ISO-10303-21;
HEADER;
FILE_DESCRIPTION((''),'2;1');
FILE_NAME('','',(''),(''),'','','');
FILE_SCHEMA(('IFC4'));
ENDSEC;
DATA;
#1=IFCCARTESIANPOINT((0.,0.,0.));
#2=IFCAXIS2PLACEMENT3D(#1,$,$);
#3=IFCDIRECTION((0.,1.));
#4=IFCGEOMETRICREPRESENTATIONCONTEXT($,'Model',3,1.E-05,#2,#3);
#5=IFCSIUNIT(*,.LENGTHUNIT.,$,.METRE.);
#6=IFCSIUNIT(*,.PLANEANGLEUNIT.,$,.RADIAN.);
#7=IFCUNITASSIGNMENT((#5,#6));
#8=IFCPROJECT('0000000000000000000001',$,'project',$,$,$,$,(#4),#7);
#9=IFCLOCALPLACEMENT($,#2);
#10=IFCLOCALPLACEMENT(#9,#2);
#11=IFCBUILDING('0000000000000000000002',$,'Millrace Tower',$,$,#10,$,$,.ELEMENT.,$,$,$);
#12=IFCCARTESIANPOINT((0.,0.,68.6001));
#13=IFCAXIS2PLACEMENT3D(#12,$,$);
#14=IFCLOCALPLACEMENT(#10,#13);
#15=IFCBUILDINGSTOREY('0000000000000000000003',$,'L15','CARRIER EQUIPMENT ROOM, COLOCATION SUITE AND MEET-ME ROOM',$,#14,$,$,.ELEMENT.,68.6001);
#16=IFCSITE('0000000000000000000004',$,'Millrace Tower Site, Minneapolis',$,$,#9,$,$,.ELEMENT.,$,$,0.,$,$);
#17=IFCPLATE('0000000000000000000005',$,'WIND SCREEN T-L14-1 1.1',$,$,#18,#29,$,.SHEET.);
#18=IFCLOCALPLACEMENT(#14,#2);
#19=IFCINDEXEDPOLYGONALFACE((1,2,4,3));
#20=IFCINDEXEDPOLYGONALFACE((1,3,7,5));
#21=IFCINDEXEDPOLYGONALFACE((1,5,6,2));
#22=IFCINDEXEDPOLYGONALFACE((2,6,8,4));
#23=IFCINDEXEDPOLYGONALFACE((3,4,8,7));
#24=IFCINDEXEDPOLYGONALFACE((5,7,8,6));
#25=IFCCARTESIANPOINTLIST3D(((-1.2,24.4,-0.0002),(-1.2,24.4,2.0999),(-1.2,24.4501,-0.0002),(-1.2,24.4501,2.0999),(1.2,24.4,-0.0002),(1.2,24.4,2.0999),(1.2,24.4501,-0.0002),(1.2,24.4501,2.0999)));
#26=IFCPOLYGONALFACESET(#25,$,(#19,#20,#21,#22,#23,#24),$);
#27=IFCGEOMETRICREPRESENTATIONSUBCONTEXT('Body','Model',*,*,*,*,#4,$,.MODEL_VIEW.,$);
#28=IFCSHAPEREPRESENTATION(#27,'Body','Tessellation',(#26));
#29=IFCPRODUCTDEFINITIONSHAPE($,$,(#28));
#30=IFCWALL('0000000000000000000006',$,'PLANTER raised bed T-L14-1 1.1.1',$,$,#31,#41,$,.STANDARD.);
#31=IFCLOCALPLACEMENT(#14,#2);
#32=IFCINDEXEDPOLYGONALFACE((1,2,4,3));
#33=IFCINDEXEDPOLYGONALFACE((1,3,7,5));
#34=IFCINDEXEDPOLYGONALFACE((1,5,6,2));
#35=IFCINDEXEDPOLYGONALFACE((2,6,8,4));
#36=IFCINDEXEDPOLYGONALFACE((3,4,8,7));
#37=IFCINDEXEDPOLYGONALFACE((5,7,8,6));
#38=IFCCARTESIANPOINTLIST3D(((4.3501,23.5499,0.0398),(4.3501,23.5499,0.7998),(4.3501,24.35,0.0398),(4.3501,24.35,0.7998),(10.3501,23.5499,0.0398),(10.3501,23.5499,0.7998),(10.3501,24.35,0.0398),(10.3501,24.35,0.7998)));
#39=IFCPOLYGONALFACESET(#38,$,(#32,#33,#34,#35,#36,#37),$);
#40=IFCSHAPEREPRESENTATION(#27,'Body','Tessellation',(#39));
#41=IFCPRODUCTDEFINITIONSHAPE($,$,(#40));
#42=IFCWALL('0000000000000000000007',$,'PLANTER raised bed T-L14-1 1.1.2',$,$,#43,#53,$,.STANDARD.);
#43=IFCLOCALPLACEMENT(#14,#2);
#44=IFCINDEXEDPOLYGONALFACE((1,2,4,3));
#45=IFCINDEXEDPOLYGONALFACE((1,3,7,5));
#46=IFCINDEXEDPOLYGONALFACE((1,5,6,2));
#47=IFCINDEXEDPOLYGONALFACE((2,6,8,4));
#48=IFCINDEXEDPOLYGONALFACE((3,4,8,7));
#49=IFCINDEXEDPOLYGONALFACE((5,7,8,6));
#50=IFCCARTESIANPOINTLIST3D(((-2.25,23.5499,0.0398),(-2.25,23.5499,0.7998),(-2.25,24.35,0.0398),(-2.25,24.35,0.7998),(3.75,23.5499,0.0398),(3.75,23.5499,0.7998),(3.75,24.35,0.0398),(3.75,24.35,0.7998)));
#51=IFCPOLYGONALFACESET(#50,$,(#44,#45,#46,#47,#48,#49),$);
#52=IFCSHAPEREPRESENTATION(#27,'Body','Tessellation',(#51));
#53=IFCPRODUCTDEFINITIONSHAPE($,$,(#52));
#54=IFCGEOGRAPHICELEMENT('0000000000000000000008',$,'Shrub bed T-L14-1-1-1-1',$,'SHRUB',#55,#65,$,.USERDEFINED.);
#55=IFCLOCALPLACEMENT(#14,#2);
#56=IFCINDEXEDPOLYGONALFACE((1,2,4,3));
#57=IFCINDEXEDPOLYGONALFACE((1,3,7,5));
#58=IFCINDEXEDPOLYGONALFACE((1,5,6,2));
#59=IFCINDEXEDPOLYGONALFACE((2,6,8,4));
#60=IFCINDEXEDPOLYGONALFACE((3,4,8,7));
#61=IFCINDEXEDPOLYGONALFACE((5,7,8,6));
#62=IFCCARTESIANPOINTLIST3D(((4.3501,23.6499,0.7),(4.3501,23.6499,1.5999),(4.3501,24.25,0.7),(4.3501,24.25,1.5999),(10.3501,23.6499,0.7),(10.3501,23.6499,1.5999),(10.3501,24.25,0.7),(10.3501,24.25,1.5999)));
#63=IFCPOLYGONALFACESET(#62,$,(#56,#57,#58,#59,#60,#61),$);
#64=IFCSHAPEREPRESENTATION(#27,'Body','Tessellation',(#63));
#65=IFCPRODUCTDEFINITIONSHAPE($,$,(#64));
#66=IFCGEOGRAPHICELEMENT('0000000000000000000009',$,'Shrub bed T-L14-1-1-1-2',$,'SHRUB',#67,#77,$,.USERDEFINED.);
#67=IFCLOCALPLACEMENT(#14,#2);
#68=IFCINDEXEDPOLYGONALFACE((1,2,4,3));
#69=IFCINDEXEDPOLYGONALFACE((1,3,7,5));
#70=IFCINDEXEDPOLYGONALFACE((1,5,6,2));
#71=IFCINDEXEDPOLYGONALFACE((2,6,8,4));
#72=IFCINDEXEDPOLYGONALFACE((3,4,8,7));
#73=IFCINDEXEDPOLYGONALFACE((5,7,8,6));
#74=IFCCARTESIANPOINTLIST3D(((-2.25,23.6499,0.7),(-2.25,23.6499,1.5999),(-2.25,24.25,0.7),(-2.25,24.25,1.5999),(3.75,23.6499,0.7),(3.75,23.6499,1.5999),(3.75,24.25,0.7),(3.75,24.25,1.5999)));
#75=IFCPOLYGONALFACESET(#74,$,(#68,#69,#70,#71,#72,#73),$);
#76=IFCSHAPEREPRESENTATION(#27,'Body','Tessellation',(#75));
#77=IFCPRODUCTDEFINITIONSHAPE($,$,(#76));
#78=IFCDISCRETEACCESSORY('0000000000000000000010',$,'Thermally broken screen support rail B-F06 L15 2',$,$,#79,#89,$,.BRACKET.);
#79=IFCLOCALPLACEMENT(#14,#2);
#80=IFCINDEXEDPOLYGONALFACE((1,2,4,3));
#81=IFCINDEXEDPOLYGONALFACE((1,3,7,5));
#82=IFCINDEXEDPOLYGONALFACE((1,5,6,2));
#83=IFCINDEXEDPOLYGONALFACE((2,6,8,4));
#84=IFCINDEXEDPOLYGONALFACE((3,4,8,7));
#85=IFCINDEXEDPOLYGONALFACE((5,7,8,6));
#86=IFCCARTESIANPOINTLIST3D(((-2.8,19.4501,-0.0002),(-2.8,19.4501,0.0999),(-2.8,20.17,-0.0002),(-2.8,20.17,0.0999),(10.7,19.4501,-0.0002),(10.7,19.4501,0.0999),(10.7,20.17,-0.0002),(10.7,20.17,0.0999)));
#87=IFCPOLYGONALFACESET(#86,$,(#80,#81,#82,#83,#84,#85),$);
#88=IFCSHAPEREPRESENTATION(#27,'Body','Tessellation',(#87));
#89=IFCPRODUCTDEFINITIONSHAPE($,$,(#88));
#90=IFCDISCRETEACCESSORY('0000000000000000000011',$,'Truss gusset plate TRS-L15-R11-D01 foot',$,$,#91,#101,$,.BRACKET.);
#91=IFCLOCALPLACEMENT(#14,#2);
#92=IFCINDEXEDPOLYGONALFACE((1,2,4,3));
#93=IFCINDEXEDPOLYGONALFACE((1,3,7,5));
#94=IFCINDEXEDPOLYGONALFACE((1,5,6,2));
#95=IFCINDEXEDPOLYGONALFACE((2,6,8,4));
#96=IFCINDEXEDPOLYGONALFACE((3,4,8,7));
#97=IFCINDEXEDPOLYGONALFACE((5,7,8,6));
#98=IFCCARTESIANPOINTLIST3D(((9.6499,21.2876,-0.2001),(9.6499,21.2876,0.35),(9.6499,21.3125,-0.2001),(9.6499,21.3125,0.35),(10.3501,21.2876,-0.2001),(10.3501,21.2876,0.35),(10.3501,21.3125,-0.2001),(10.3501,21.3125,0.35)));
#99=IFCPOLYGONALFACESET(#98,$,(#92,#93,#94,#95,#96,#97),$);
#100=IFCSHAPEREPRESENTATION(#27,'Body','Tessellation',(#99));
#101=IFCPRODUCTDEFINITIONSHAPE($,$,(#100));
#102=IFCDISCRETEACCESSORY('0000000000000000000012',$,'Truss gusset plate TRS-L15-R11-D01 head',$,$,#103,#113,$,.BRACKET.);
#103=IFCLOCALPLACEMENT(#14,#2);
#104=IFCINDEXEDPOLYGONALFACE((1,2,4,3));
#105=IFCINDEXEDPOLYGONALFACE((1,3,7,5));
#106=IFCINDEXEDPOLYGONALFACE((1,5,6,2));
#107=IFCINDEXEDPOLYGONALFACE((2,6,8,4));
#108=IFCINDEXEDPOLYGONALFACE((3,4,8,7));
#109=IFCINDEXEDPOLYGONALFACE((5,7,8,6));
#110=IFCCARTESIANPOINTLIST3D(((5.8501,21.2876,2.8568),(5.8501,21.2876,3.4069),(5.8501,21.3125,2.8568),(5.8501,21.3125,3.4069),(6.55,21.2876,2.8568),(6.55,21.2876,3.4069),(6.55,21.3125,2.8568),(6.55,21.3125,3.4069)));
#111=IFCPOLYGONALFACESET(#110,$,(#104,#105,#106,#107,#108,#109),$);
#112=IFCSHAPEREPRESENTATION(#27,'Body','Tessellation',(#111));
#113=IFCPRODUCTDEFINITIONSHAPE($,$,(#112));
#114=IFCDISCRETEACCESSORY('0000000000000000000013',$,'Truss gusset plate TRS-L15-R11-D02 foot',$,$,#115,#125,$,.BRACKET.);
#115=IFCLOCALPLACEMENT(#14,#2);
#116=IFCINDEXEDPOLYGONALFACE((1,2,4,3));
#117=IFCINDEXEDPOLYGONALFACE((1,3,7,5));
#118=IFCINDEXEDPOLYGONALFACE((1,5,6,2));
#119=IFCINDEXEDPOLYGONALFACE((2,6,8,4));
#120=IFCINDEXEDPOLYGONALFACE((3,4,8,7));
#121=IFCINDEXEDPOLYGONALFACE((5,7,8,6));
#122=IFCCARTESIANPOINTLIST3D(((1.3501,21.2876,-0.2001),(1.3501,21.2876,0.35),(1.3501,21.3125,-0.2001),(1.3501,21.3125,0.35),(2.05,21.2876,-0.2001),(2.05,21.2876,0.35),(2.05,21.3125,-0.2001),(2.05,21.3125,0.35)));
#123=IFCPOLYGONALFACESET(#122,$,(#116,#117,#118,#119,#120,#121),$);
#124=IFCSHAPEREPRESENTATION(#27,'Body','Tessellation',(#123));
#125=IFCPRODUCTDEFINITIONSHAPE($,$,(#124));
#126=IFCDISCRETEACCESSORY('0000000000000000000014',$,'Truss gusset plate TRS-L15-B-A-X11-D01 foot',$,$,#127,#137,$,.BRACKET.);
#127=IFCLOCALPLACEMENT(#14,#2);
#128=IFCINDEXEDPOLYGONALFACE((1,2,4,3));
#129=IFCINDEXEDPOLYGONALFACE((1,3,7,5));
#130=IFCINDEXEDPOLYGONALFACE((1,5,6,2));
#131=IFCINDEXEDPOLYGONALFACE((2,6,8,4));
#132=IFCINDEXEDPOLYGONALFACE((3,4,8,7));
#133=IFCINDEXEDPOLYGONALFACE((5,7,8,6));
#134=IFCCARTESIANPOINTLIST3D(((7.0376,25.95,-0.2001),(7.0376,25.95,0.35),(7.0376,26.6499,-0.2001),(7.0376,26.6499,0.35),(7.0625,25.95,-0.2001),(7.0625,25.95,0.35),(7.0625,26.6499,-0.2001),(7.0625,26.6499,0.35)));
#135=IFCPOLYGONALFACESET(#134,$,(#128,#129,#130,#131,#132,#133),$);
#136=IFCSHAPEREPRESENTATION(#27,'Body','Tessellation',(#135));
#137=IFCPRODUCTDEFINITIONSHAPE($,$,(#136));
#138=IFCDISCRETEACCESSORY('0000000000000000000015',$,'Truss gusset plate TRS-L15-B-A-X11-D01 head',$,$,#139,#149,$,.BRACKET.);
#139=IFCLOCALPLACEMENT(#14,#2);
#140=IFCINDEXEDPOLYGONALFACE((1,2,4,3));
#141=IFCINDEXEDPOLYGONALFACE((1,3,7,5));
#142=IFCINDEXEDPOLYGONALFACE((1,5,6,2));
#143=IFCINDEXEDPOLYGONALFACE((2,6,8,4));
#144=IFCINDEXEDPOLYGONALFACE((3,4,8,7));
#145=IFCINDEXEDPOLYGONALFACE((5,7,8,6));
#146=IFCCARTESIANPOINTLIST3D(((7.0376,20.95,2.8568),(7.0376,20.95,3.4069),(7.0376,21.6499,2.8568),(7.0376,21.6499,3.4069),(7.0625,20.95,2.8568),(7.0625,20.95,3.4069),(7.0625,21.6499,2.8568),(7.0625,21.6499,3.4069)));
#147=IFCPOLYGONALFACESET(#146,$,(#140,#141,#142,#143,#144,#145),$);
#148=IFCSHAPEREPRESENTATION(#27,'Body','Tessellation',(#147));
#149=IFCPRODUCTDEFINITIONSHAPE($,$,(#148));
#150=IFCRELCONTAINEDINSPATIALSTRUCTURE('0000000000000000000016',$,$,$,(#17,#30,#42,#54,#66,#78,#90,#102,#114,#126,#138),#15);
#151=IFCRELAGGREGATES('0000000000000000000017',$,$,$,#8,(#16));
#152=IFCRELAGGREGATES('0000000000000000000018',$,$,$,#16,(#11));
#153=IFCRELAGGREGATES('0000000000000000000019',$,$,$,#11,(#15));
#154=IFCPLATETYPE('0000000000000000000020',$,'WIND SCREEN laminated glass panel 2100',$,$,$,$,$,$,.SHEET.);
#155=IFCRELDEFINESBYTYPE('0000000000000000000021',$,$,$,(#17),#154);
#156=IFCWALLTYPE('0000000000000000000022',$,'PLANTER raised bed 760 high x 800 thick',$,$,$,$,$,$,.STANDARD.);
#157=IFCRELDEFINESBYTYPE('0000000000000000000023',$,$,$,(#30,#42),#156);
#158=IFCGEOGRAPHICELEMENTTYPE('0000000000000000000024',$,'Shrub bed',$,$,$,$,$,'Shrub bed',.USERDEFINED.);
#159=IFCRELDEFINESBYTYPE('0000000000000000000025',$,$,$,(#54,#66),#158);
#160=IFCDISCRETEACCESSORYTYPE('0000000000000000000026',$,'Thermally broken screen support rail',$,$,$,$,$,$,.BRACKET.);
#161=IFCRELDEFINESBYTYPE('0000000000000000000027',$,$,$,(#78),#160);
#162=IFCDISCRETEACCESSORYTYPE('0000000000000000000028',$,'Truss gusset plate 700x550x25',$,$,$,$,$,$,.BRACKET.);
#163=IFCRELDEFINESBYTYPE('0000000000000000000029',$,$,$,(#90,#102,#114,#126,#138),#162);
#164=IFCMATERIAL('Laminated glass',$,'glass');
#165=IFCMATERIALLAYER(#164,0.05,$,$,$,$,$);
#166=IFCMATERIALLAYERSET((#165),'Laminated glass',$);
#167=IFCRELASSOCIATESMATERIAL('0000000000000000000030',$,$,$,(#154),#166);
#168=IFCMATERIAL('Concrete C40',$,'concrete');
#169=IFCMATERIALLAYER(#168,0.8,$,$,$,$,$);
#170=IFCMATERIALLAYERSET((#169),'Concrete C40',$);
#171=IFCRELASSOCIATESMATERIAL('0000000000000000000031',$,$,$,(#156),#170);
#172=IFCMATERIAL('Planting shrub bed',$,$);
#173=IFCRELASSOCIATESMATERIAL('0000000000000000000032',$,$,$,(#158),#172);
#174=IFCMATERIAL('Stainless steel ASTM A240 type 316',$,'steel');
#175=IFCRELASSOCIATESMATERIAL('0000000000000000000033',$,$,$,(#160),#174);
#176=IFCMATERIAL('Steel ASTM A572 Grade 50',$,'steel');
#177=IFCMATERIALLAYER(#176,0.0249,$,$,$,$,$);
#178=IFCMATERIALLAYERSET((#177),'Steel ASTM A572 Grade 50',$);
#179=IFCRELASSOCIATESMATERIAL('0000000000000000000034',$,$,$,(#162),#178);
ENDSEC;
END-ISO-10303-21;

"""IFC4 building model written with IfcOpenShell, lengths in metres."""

from ifc_helpers import new_model, si_unit, direction, frame, frame_2d, origin, origin_2d, place, context, subcontext, project, spatial, rectangle, extrude, material, layer, layer_set, type_object, element, save


model = new_model("IFC4")

# Units and contexts
model_context = context("Model", 3, precision=1e-05, world=origin(), true_north=direction((0.0, 1.0)))
body_context = subcontext(model_context, "Body", "Model", "MODEL_VIEW")
ifc_project = project(units=[si_unit("LENGTHUNIT", "METRE"), si_unit("PLANEANGLEUNIT", "RADIAN")], contexts=[model_context])

# Site, building, storey
site_placement = place(None, origin())
site = spatial("IfcSite", under=ifc_project, at=site_placement, Name="Millrace Tower Site, Minneapolis", CompositionType="ELEMENT", RefElevation=0.0)
building_placement = place(site_placement, origin())
building = spatial("IfcBuilding", under=site, at=building_placement, Name="Millrace Tower", CompositionType="ELEMENT")
storey_placement = place(building_placement, frame((0.0, 0.0, 68.6001)))
storey = spatial("IfcBuildingStorey", under=building, at=storey_placement, Name="L15", Description="CARRIER EQUIPMENT ROOM, COLOCATION SUITE AND MEET-ME ROOM", CompositionType="ELEMENT", Elevation=68.6001)

# Plate
ifc_material_1 = material(Name="Laminated glass", Category="glass")
ifc_layer_1 = layer(ifc_material_1, 0.05)
ifc_layer_set_1 = layer_set([ifc_layer_1], Name="Laminated glass")
plate_type = type_object("IfcPlateType", Name="WIND SCREEN laminated glass panel 2100", PredefinedType="SHEET", material=ifc_layer_set_1)
plate_placement = place(storey_placement, frame((0.0, 24.425, -0.0002), z_axis=(0.0, 0.0, 1.0), x_axis=(-1.0, 0.0, 0.0)))
element("IfcPlate", 1, at=plate_placement, inside=storey, type_object=plate_type, Name="WIND SCREEN T-L14-1 1.1", PredefinedType="SHEET", context=body_context, shape_type="SweptSolid", body=[
    extrude(rectangle(XDim=2.3999, YDim=0.05, at=origin_2d()), origin(), (0.0, 0.0, 1.0), 2.1001),
])

# Walls
ifc_material_2 = material(Name="Concrete C40", Category="concrete")
ifc_layer_2 = layer(ifc_material_2, 0.8)
ifc_layer_set_2 = layer_set([ifc_layer_2], Name="Concrete C40")
wall_type = type_object("IfcWallType", Name="PLANTER raised bed 760 high x 800 thick", PredefinedType="STANDARD", material=ifc_layer_set_2)
for number, where, z_axis, x_axis, name in (
    (2, (10.3501, 23.95, 0.0398), (0.0, 0.0, 1.0), (-1.0, 0.0, 0.0), "PLANTER raised bed T-L14-1 1.1.1"),
    (3, (3.75, 23.95, 0.0398), (0.0, 0.0, 1.0), (-1.0, 0.0, 0.0), "PLANTER raised bed T-L14-1 1.1.2"),
):
    element("IfcWall", number, at=place(storey_placement, frame(where, z_axis=z_axis, x_axis=x_axis)), inside=storey, type_object=wall_type, Name=name, PredefinedType="STANDARD", context=body_context, shape_type="SweptSolid", body=[
        extrude(rectangle(XDim=6.0, YDim=0.8, at=frame_2d((3.0, 0.0))), origin(), (0.0, 0.0, 1.0), 0.76),
    ])

# Geographic elements
ifc_material_3 = material(Name="Planting shrub bed")
geographic_element_type = type_object("IfcGeographicElementType", Name="Shrub bed", ElementType="Shrub bed", PredefinedType="USERDEFINED", material=ifc_material_3)
for number, where, z_axis, x_axis, name in (
    (4, (7.3501, 23.95, 0.7), (0.0, 0.0, 1.0), (-1.0, 0.0, 0.0), "Shrub bed T-L14-1-1-1-1"),
    (5, (0.75, 23.95, 0.7), (0.0, 0.0, 1.0), (-1.0, 0.0, 0.0), "Shrub bed T-L14-1-1-1-2"),
):
    element("IfcGeographicElement", number, at=place(storey_placement, frame(where, z_axis=z_axis, x_axis=x_axis)), inside=storey, type_object=geographic_element_type, Name=name, ObjectType="SHRUB", PredefinedType="USERDEFINED", context=body_context, shape_type="SweptSolid", body=[
        extrude(rectangle(XDim=6.0, YDim=0.6001, at=origin_2d()), origin(), (0.0, 0.0, 1.0), 0.8999),
    ])

# Discrete accessories
ifc_material_4 = material(Name="Stainless steel ASTM A240 type 316", Category="steel")
discrete_accessory_type_1 = type_object("IfcDiscreteAccessoryType", Name="Thermally broken screen support rail", PredefinedType="BRACKET", material=ifc_material_4)
discrete_accessory_1_placement = place(storey_placement, frame((3.95, 19.8101, -0.0002), z_axis=(0.0, 0.0, 1.0), x_axis=(-1.0, 0.0, 0.0)))
element("IfcDiscreteAccessory", 6, at=discrete_accessory_1_placement, inside=storey, type_object=discrete_accessory_type_1, Name="Thermally broken screen support rail B-F06 L15 2", PredefinedType="BRACKET", context=body_context, shape_type="SweptSolid", body=[
    extrude(rectangle(XDim=13.5, YDim=0.72, at=origin_2d()), origin(), (0.0, 0.0, 1.0), 0.1001),
])
ifc_material_5 = material(Name="Steel ASTM A572 Grade 50", Category="steel")
ifc_layer_3 = layer(ifc_material_5, 0.0249)
ifc_layer_set_3 = layer_set([ifc_layer_3], Name="Steel ASTM A572 Grade 50")
discrete_accessory_type_2 = type_object("IfcDiscreteAccessoryType", Name="Truss gusset plate 700x550x25", PredefinedType="BRACKET", material=ifc_layer_set_3)
discrete_accessory_2_placement = place(storey_placement, frame((9.6499, 21.3, 0.075), z_axis=(1.0, 0.0, 0.0), x_axis=(0.0, 1.0, 0.0)))
element("IfcDiscreteAccessory", 7, at=discrete_accessory_2_placement, inside=storey, type_object=discrete_accessory_type_2, Name="Truss gusset plate TRS-L15-R11-D01 foot", PredefinedType="BRACKET", context=body_context, shape_type="SweptSolid", body=[
    extrude(rectangle(XDim=0.0249, YDim=0.55, at=origin_2d()), origin(), (0.0, 0.0, 1.0), 0.7002),
])
for number, where, z_axis, x_axis, name in (
    (8, (5.8501, 21.3, 3.1318), (1.0, 0.0, 0.0), (0.0, 1.0, 0.0), "Truss gusset plate TRS-L15-R11-D01 head"),
    (9, (1.3501, 21.3, 0.075), (1.0, 0.0, 0.0), (0.0, 1.0, 0.0), "Truss gusset plate TRS-L15-R11-D02 foot"),
    (10, (7.05, 25.95, 0.075), (0.0, 1.0, 0.0), (-1.0, 0.0, 0.0), "Truss gusset plate TRS-L15-B-A-X11-D01 foot"),
    (11, (7.05, 20.95, 3.1318), (0.0, 1.0, 0.0), (-1.0, 0.0, 0.0), "Truss gusset plate TRS-L15-B-A-X11-D01 head"),
):
    element("IfcDiscreteAccessory", number, at=place(storey_placement, frame(where, z_axis=z_axis, x_axis=x_axis)), inside=storey, type_object=discrete_accessory_type_2, Name=name, PredefinedType="BRACKET", context=body_context, shape_type="SweptSolid", body=[
        extrude(rectangle(XDim=0.0249, YDim=0.55, at=origin_2d()), origin(), (0.0, 0.0, 1.0), 0.7),
    ])

save(model, "model.ifc")
